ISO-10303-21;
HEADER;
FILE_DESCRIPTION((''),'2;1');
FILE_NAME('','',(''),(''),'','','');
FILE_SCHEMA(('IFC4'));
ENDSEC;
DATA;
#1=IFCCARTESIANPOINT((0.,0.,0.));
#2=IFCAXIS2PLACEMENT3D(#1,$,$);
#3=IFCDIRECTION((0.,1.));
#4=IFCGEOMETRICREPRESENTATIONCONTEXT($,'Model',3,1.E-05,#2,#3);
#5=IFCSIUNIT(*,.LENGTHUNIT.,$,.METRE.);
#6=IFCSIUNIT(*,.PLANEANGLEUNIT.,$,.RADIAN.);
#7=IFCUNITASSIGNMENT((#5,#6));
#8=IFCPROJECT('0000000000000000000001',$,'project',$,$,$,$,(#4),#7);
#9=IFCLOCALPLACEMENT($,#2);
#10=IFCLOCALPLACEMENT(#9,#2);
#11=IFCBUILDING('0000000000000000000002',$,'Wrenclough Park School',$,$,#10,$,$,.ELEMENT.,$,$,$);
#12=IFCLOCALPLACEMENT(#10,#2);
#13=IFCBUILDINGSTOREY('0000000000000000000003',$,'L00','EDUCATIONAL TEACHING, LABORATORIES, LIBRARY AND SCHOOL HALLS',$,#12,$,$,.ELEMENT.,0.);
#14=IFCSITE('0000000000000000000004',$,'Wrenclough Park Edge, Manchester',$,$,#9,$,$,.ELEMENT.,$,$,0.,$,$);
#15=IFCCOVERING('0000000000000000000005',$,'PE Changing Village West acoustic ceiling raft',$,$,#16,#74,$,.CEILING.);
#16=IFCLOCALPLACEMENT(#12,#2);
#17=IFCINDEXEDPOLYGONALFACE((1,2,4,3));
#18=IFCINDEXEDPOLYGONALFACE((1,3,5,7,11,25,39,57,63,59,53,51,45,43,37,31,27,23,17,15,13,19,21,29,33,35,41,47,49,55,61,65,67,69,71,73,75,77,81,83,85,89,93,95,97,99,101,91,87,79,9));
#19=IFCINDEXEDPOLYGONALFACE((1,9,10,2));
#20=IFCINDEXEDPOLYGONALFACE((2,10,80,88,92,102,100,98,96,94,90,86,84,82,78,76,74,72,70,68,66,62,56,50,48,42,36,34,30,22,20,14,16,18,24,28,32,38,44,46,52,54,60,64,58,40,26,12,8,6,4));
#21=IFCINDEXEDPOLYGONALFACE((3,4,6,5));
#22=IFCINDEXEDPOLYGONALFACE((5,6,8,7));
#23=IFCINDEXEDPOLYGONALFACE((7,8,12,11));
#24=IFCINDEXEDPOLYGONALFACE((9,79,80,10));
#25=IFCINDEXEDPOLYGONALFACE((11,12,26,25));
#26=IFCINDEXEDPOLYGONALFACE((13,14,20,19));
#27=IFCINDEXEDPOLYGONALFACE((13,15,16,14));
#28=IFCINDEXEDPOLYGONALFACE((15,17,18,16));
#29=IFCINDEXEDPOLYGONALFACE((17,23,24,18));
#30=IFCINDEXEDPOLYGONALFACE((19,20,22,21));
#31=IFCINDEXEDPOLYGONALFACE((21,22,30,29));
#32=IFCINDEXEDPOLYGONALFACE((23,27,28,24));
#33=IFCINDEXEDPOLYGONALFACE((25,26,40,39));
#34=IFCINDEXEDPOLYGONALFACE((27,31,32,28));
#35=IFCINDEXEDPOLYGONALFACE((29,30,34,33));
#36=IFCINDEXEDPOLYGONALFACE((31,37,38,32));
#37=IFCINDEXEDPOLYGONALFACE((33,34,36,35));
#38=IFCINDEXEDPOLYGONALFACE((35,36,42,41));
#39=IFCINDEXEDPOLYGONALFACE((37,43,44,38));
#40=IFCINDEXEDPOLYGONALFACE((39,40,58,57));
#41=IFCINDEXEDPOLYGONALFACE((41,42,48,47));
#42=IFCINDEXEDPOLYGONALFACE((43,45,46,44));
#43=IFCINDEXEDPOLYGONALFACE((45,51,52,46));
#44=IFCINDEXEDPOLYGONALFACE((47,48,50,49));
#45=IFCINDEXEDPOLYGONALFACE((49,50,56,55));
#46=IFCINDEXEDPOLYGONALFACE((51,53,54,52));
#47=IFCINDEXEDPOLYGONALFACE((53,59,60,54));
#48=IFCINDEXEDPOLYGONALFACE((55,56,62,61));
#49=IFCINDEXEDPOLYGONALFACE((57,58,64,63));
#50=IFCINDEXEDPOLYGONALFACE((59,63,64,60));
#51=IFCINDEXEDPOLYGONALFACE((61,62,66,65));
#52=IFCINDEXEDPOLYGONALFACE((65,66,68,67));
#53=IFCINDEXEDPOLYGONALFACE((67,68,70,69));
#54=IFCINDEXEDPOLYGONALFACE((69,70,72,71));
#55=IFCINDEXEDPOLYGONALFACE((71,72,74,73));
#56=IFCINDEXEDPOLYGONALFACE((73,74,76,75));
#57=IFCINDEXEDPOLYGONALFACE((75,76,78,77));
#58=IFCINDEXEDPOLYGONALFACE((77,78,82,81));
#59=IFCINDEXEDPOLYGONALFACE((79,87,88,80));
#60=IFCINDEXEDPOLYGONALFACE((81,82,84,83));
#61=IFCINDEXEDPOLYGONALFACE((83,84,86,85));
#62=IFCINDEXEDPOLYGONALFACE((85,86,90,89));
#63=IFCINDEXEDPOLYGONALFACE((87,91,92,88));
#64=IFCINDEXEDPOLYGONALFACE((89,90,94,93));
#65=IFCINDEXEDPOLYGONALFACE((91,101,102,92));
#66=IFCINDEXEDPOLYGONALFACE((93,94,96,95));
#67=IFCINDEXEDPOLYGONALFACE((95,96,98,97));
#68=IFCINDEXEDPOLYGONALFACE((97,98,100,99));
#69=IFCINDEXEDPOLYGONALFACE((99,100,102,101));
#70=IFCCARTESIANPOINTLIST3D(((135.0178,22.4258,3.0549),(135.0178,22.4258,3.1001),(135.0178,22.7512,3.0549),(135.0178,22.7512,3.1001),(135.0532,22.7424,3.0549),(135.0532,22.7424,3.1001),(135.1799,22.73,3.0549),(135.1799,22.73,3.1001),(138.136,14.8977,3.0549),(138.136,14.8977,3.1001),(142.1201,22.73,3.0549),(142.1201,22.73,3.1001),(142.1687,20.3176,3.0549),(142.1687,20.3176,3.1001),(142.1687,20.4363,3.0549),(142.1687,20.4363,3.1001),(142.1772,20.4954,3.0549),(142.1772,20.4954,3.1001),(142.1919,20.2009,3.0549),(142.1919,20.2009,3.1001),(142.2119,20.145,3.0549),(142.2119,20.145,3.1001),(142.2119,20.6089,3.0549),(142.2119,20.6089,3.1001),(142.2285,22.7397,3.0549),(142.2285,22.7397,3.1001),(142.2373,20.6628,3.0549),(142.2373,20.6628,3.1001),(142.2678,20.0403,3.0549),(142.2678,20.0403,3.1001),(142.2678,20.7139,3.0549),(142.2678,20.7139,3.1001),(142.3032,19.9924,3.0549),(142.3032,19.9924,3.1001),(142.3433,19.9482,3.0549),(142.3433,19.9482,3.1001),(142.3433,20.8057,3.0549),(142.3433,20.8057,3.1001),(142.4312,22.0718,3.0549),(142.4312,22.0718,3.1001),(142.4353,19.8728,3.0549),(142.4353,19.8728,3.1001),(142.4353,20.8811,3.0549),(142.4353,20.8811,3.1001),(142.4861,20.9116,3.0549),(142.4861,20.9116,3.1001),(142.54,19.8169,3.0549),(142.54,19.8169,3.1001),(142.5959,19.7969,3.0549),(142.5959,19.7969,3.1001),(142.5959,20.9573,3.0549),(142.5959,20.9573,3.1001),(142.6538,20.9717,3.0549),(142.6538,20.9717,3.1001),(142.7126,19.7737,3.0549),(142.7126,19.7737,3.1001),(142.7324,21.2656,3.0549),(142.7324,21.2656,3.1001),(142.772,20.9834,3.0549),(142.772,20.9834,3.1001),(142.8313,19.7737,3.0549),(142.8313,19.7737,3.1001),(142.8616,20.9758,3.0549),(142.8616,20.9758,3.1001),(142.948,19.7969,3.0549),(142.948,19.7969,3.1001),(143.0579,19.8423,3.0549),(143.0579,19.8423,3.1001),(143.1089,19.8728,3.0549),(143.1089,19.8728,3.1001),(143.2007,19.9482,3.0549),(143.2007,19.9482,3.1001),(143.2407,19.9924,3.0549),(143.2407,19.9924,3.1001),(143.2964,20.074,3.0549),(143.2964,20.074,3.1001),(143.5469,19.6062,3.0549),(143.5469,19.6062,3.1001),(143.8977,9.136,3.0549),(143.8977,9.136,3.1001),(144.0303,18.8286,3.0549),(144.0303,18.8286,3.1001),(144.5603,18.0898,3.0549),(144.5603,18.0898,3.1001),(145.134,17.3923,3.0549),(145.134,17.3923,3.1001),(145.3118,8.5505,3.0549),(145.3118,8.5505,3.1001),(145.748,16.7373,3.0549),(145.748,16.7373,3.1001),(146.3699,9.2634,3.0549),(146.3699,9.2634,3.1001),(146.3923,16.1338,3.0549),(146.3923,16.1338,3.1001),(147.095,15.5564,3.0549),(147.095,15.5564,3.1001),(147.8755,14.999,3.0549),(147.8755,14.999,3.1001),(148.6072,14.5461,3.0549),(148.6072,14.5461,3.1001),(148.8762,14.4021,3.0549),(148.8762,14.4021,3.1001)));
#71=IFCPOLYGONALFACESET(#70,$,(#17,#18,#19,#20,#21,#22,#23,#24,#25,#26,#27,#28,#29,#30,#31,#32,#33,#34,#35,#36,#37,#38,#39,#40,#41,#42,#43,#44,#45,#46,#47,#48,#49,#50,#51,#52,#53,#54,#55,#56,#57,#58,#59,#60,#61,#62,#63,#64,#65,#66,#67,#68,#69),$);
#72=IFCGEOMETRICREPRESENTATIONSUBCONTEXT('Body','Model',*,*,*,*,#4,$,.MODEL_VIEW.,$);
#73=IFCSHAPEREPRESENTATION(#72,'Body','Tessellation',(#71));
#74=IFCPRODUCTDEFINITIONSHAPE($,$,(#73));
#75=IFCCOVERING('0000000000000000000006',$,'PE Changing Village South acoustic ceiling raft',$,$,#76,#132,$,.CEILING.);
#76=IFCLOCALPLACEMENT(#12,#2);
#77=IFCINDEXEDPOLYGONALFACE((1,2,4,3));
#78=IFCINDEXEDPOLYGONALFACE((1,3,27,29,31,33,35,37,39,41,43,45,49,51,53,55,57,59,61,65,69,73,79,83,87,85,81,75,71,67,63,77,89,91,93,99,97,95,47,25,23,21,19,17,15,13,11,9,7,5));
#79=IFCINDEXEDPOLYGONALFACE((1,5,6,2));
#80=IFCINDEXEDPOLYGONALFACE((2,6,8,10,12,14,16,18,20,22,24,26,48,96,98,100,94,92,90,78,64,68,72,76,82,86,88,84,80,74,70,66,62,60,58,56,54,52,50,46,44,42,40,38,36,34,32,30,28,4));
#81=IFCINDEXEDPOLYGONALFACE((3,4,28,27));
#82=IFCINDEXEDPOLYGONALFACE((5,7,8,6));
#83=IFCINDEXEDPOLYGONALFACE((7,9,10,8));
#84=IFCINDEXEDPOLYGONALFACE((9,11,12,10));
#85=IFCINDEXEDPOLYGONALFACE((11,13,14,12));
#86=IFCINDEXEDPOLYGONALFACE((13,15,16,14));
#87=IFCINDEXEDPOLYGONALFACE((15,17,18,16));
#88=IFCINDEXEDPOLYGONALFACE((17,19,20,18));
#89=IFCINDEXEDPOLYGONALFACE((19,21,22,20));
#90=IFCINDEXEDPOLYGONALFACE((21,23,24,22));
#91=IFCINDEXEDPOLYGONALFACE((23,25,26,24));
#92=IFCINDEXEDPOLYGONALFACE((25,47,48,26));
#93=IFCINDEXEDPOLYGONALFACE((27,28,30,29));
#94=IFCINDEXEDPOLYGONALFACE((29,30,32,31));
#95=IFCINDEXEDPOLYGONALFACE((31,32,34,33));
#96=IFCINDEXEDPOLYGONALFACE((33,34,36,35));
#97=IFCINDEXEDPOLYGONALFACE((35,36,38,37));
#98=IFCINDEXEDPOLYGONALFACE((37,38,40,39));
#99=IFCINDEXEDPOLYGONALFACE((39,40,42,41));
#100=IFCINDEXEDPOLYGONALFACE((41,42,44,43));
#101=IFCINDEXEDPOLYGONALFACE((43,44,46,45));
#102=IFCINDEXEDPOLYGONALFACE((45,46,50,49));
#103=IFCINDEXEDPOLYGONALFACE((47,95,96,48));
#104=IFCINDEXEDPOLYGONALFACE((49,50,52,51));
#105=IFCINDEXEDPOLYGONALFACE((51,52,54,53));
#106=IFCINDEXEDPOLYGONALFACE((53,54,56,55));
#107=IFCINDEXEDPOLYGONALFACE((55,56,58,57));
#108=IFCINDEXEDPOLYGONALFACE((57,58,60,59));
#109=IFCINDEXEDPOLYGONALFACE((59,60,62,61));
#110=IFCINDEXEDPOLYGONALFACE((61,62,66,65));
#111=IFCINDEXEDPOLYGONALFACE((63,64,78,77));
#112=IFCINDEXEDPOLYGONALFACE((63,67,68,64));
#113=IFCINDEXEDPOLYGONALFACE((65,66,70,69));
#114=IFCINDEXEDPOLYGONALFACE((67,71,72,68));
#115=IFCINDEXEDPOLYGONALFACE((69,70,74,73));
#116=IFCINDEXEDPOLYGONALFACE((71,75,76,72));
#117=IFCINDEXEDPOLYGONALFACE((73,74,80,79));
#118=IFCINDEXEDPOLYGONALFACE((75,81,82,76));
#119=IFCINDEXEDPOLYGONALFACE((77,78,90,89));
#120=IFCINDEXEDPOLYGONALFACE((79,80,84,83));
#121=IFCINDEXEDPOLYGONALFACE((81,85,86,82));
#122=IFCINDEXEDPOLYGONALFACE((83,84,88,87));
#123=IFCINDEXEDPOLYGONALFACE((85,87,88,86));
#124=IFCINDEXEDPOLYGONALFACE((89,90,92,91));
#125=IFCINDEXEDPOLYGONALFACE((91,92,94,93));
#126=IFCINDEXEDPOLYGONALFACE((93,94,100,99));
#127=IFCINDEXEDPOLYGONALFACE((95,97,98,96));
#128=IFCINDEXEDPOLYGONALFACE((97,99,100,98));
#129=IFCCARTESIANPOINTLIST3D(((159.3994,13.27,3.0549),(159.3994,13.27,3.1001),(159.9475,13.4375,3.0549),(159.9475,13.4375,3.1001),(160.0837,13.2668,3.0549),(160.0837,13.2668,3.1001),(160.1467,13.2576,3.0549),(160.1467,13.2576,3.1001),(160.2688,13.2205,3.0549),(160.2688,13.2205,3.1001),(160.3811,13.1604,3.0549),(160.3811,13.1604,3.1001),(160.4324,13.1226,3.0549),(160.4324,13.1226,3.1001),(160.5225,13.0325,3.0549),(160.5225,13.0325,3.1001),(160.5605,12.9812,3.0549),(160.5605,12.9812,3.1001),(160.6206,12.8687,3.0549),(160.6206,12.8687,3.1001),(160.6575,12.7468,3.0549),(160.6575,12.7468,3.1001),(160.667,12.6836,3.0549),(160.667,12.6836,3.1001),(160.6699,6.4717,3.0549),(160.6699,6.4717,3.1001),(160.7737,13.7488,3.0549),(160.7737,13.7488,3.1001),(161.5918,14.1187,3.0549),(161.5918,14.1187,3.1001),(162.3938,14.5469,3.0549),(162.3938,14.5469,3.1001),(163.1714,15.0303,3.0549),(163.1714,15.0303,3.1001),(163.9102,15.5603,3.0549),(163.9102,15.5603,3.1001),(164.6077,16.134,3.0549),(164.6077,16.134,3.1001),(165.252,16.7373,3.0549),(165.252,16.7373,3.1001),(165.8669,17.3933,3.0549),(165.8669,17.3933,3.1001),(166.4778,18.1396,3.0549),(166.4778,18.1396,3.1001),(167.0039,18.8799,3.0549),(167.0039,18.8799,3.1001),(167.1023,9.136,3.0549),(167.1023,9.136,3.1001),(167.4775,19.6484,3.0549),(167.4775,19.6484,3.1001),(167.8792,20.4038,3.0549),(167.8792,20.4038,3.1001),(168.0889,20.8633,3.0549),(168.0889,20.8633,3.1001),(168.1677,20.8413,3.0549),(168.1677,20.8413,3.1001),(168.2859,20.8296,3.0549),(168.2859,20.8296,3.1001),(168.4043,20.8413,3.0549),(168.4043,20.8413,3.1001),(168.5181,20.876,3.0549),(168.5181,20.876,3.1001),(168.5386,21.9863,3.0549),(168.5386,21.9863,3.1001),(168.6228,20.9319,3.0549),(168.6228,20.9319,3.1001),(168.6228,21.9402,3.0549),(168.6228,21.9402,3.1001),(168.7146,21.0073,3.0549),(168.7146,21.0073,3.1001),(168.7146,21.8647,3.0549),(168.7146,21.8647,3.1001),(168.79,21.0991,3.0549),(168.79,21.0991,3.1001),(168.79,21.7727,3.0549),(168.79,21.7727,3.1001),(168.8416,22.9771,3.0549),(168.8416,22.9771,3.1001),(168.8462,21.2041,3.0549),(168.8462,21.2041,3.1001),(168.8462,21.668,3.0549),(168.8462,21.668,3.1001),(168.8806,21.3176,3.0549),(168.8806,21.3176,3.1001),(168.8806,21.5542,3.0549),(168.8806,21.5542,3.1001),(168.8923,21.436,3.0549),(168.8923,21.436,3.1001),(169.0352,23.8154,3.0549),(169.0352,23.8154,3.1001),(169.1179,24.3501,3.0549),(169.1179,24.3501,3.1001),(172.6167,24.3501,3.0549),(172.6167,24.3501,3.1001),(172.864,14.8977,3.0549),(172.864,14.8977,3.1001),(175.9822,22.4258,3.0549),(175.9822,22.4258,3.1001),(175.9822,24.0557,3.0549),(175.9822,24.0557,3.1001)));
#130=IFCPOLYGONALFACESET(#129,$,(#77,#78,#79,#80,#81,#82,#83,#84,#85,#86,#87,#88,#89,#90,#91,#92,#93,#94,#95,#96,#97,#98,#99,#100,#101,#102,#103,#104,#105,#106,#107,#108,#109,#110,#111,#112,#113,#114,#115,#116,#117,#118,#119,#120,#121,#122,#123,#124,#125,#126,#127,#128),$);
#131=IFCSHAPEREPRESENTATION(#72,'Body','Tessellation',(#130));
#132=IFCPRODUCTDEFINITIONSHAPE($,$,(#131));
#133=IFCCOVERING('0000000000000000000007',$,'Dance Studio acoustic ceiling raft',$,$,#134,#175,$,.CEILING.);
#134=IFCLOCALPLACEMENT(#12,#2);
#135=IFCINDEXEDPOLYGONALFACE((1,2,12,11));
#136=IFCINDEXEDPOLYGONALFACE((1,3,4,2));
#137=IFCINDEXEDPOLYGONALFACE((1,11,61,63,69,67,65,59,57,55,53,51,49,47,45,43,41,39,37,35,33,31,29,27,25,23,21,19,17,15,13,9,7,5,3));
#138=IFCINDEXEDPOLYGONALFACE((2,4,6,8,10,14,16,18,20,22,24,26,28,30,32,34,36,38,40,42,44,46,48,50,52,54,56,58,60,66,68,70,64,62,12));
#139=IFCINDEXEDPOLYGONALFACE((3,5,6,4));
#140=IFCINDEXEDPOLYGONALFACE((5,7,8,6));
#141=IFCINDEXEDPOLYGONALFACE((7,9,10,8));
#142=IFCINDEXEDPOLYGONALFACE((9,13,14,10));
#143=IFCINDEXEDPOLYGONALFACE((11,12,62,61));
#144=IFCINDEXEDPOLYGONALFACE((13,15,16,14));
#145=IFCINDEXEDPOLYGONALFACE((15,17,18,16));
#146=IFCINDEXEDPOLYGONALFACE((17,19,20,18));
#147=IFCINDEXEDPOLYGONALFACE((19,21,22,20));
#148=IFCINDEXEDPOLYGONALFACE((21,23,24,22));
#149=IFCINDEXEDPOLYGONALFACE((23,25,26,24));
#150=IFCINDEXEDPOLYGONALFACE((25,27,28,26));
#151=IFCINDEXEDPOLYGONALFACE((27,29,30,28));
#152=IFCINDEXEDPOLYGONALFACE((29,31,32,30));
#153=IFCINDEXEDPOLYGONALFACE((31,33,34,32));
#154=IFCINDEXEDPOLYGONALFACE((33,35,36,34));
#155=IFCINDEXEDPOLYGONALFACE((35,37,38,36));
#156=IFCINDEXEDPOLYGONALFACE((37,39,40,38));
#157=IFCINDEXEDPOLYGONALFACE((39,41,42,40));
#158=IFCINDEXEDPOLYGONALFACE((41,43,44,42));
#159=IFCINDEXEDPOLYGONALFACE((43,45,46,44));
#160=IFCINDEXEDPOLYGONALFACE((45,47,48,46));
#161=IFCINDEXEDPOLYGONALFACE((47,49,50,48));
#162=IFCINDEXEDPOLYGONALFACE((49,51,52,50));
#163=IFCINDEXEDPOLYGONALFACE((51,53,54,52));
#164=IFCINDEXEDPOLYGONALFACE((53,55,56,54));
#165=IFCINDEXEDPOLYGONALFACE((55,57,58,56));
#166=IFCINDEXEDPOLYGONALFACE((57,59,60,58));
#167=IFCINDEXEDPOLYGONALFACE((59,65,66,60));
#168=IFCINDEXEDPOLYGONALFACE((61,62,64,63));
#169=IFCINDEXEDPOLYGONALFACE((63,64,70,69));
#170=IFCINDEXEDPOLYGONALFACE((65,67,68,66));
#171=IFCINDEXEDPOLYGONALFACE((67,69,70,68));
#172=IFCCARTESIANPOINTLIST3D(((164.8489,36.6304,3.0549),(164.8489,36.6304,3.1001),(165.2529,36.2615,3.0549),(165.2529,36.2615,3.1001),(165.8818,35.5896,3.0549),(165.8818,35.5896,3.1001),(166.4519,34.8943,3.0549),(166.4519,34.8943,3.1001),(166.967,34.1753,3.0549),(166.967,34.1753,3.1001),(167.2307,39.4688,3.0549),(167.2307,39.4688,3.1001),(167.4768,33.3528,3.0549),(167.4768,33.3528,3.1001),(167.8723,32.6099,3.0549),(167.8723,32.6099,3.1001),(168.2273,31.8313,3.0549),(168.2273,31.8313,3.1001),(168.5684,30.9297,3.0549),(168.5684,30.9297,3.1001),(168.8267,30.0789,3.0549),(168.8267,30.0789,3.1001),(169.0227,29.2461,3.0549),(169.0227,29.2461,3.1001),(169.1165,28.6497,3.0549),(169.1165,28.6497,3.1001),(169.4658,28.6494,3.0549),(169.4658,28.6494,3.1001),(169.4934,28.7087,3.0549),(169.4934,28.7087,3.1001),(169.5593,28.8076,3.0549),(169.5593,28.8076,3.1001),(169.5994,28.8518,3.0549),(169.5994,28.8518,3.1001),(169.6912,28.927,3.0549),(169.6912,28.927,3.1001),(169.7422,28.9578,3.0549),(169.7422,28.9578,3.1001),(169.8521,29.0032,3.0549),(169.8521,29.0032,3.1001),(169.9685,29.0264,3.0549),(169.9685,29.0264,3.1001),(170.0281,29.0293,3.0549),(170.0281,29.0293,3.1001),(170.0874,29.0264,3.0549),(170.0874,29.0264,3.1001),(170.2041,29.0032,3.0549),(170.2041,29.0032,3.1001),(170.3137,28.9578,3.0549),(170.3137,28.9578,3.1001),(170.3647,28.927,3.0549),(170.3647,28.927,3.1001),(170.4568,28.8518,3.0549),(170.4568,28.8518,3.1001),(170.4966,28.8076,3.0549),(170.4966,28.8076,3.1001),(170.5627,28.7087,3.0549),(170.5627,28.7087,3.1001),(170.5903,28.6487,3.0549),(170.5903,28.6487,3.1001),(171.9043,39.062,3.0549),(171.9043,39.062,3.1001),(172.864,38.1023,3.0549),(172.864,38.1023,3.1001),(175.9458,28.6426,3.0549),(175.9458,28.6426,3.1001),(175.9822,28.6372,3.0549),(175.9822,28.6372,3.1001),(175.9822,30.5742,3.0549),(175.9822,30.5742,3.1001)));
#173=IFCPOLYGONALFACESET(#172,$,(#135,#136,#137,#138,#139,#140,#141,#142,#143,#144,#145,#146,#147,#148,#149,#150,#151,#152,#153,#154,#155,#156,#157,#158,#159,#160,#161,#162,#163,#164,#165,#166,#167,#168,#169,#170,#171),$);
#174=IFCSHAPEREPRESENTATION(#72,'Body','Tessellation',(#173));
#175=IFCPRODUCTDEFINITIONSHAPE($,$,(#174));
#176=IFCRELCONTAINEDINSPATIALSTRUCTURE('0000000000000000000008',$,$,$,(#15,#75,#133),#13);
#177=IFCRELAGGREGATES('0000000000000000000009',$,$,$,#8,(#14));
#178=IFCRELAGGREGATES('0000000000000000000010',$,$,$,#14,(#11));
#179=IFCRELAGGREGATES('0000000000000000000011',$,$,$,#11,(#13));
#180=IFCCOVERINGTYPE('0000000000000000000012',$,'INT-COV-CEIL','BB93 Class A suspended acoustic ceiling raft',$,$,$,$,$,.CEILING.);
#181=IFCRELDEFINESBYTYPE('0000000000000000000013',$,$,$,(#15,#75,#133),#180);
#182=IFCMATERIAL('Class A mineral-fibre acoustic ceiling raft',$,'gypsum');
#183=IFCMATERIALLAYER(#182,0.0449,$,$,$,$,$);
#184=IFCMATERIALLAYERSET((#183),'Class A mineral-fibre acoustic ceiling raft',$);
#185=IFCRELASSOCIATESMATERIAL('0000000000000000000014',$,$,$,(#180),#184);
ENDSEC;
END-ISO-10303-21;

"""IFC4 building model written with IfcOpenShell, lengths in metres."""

from ifc_helpers import new_model, si_unit, direction, frame, origin, place, context, subcontext, project, spatial, polyline, outline, extrude, material, layer, layer_set, type_object, element, save


model = new_model("IFC4")

# Units and contexts
model_context = context("Model", 3, precision=1e-05, world=origin(), true_north=direction((0.0, 1.0)))
body_context = subcontext(model_context, "Body", "Model", "MODEL_VIEW")
ifc_project = project(units=[si_unit("LENGTHUNIT", "METRE"), si_unit("PLANEANGLEUNIT", "RADIAN")], contexts=[model_context])

# Site, building, storey
site_placement = place(None, origin())
site = spatial("IfcSite", under=ifc_project, at=site_placement, Name="Wrenclough Park Edge, Manchester", CompositionType="ELEMENT", RefElevation=0.0)
building_placement = place(site_placement, origin())
building = spatial("IfcBuilding", under=site, at=building_placement, Name="Wrenclough Park School", CompositionType="ELEMENT")
storey_placement = place(building_placement, origin())
storey = spatial("IfcBuildingStorey", under=building, at=storey_placement, Name="L00", Description="EDUCATIONAL TEACHING, LABORATORIES, LIBRARY AND SCHOOL HALLS", CompositionType="ELEMENT", Elevation=0.0)

# Coverings
ifc_material_1 = material(Name="Class A mineral-fibre acoustic ceiling raft", Category="gypsum")
ifc_layer_1 = layer(ifc_material_1, 0.0449)
ifc_layer_set_1 = layer_set([ifc_layer_1], Name="Class A mineral-fibre acoustic ceiling raft")
covering_type_1 = type_object("IfcCoveringType", Name="INT-COV-CEIL", Description="BB93 Class A suspended acoustic ceiling raft", PredefinedType="CEILING", material=ifc_layer_set_1)
covering_1_placement = place(storey_placement, frame((0.0, 0.0, 3.0549)))
element("IfcCovering", 1, at=covering_1_placement, inside=storey, type_object=covering_type_1, Name="PE Changing Village West acoustic ceiling raft", PredefinedType="CEILING", context=body_context, shape_type="SweptSolid", body=[
    extrude(outline(polyline([(135.0532, 22.7424), (135.0178, 22.7512), (135.0178, 22.4258), (138.136, 14.8977), (143.8977, 9.136), (145.3118, 8.5505), (146.3699, 9.2634), (148.8762, 14.4021), (148.6072, 14.5461), (147.8755, 14.999), (147.095, 15.5564), (146.3923, 16.1338), (145.748, 16.7373), (145.134, 17.3923), (144.5603, 18.0898), (144.0303, 18.8286), (143.5469, 19.6062), (143.2964, 20.074), (143.2407, 19.9924), (143.2007, 19.9482), (143.1089, 19.8728), (143.0579, 19.8423), (142.948, 19.7969), (142.8313, 19.7737), (142.7126, 19.7737), (142.5959, 19.7969), (142.54, 19.8169), (142.4353, 19.8728), (142.3433, 19.9482), (142.3032, 19.9924), (142.2678, 20.0403), (142.2119, 20.145), (142.1919, 20.2009), (142.1687, 20.3176), (142.1687, 20.4363), (142.1772, 20.4954), (142.2119, 20.6089), (142.2373, 20.6628), (142.2678, 20.7139), (142.3433, 20.8057), (142.4353, 20.8811), (142.4861, 20.9116), (142.5959, 20.9573), (142.6538, 20.9717), (142.772, 20.9834), (142.8616, 20.9758), (142.7324, 21.2656), (142.4312, 22.0718), (142.2285, 22.7397), (142.1201, 22.73), (135.1799, 22.73), (135.0532, 22.7424)])), origin(), (0.0, 0.0, 1.0), 0.0452),
])
covering_2_placement = place(storey_placement, frame((0.0, 0.0, 3.0549)))
element("IfcCovering", 2, at=covering_2_placement, inside=storey, type_object=covering_type_1, Name="PE Changing Village South acoustic ceiling raft", PredefinedType="CEILING", context=body_context, shape_type="SweptSolid", body=[
    extrude(outline(polyline([(159.9475, 13.4375), (159.3994, 13.27), (160.0837, 13.2668), (160.1467, 13.2576), (160.2688, 13.2205), (160.3811, 13.1604), (160.4324, 13.1226), (160.5225, 13.0325), (160.5605, 12.9812), (160.6206, 12.8687), (160.6575, 12.7468), (160.667, 12.6836), (160.6699, 6.4717), (167.1023, 9.136), (172.864, 14.8977), (175.9822, 22.4258), (175.9822, 24.0557), (172.6167, 24.3501), (169.1179, 24.3501), (169.0352, 23.8154), (168.8416, 22.9771), (168.5386, 21.9863), (168.6228, 21.9402), (168.7146, 21.8647), (168.79, 21.7727), (168.8462, 21.668), (168.8806, 21.5542), (168.8923, 21.436), (168.8806, 21.3176), (168.8462, 21.2041), (168.79, 21.0991), (168.7146, 21.0073), (168.6228, 20.9319), (168.5181, 20.876), (168.4043, 20.8413), (168.2859, 20.8296), (168.1677, 20.8413), (168.0889, 20.8633), (167.8792, 20.4038), (167.4775, 19.6484), (167.0039, 18.8799), (166.4778, 18.1396), (165.8669, 17.3933), (165.252, 16.7373), (164.6077, 16.134), (163.9102, 15.5603), (163.1714, 15.0303), (162.3938, 14.5469), (161.5918, 14.1187), (160.7737, 13.7488), (159.9475, 13.4375)])), origin(), (0.0, 0.0, 1.0), 0.0452),
])
covering_3_placement = place(storey_placement, frame((0.0, 0.0, 3.0549)))
element("IfcCovering", 3, at=covering_3_placement, inside=storey, type_object=covering_type_1, Name="Dance Studio acoustic ceiling raft", PredefinedType="CEILING", context=body_context, shape_type="SweptSolid", body=[
    extrude(outline(polyline([(175.9458, 28.6426), (175.9822, 28.6372), (175.9822, 30.5742), (172.864, 38.1023), (171.9043, 39.062), (167.2307, 39.4688), (164.8489, 36.6304), (165.2529, 36.2615), (165.8818, 35.5896), (166.4519, 34.8943), (166.967, 34.1753), (167.4768, 33.3528), (167.8723, 32.6099), (168.2273, 31.8313), (168.5684, 30.9297), (168.8267, 30.0789), (169.0227, 29.2461), (169.1165, 28.6497), (169.4658, 28.6494), (169.4934, 28.7087), (169.5593, 28.8076), (169.5994, 28.8518), (169.6912, 28.927), (169.7422, 28.9578), (169.8521, 29.0032), (169.9685, 29.0264), (170.0281, 29.0293), (170.0874, 29.0264), (170.2041, 29.0032), (170.3137, 28.9578), (170.3647, 28.927), (170.4568, 28.8518), (170.4966, 28.8076), (170.5627, 28.7087), (170.5903, 28.6487), (175.9458, 28.6426)])), origin(), (0.0, 0.0, 1.0), 0.0452),
])

save(model, "model.ifc")
